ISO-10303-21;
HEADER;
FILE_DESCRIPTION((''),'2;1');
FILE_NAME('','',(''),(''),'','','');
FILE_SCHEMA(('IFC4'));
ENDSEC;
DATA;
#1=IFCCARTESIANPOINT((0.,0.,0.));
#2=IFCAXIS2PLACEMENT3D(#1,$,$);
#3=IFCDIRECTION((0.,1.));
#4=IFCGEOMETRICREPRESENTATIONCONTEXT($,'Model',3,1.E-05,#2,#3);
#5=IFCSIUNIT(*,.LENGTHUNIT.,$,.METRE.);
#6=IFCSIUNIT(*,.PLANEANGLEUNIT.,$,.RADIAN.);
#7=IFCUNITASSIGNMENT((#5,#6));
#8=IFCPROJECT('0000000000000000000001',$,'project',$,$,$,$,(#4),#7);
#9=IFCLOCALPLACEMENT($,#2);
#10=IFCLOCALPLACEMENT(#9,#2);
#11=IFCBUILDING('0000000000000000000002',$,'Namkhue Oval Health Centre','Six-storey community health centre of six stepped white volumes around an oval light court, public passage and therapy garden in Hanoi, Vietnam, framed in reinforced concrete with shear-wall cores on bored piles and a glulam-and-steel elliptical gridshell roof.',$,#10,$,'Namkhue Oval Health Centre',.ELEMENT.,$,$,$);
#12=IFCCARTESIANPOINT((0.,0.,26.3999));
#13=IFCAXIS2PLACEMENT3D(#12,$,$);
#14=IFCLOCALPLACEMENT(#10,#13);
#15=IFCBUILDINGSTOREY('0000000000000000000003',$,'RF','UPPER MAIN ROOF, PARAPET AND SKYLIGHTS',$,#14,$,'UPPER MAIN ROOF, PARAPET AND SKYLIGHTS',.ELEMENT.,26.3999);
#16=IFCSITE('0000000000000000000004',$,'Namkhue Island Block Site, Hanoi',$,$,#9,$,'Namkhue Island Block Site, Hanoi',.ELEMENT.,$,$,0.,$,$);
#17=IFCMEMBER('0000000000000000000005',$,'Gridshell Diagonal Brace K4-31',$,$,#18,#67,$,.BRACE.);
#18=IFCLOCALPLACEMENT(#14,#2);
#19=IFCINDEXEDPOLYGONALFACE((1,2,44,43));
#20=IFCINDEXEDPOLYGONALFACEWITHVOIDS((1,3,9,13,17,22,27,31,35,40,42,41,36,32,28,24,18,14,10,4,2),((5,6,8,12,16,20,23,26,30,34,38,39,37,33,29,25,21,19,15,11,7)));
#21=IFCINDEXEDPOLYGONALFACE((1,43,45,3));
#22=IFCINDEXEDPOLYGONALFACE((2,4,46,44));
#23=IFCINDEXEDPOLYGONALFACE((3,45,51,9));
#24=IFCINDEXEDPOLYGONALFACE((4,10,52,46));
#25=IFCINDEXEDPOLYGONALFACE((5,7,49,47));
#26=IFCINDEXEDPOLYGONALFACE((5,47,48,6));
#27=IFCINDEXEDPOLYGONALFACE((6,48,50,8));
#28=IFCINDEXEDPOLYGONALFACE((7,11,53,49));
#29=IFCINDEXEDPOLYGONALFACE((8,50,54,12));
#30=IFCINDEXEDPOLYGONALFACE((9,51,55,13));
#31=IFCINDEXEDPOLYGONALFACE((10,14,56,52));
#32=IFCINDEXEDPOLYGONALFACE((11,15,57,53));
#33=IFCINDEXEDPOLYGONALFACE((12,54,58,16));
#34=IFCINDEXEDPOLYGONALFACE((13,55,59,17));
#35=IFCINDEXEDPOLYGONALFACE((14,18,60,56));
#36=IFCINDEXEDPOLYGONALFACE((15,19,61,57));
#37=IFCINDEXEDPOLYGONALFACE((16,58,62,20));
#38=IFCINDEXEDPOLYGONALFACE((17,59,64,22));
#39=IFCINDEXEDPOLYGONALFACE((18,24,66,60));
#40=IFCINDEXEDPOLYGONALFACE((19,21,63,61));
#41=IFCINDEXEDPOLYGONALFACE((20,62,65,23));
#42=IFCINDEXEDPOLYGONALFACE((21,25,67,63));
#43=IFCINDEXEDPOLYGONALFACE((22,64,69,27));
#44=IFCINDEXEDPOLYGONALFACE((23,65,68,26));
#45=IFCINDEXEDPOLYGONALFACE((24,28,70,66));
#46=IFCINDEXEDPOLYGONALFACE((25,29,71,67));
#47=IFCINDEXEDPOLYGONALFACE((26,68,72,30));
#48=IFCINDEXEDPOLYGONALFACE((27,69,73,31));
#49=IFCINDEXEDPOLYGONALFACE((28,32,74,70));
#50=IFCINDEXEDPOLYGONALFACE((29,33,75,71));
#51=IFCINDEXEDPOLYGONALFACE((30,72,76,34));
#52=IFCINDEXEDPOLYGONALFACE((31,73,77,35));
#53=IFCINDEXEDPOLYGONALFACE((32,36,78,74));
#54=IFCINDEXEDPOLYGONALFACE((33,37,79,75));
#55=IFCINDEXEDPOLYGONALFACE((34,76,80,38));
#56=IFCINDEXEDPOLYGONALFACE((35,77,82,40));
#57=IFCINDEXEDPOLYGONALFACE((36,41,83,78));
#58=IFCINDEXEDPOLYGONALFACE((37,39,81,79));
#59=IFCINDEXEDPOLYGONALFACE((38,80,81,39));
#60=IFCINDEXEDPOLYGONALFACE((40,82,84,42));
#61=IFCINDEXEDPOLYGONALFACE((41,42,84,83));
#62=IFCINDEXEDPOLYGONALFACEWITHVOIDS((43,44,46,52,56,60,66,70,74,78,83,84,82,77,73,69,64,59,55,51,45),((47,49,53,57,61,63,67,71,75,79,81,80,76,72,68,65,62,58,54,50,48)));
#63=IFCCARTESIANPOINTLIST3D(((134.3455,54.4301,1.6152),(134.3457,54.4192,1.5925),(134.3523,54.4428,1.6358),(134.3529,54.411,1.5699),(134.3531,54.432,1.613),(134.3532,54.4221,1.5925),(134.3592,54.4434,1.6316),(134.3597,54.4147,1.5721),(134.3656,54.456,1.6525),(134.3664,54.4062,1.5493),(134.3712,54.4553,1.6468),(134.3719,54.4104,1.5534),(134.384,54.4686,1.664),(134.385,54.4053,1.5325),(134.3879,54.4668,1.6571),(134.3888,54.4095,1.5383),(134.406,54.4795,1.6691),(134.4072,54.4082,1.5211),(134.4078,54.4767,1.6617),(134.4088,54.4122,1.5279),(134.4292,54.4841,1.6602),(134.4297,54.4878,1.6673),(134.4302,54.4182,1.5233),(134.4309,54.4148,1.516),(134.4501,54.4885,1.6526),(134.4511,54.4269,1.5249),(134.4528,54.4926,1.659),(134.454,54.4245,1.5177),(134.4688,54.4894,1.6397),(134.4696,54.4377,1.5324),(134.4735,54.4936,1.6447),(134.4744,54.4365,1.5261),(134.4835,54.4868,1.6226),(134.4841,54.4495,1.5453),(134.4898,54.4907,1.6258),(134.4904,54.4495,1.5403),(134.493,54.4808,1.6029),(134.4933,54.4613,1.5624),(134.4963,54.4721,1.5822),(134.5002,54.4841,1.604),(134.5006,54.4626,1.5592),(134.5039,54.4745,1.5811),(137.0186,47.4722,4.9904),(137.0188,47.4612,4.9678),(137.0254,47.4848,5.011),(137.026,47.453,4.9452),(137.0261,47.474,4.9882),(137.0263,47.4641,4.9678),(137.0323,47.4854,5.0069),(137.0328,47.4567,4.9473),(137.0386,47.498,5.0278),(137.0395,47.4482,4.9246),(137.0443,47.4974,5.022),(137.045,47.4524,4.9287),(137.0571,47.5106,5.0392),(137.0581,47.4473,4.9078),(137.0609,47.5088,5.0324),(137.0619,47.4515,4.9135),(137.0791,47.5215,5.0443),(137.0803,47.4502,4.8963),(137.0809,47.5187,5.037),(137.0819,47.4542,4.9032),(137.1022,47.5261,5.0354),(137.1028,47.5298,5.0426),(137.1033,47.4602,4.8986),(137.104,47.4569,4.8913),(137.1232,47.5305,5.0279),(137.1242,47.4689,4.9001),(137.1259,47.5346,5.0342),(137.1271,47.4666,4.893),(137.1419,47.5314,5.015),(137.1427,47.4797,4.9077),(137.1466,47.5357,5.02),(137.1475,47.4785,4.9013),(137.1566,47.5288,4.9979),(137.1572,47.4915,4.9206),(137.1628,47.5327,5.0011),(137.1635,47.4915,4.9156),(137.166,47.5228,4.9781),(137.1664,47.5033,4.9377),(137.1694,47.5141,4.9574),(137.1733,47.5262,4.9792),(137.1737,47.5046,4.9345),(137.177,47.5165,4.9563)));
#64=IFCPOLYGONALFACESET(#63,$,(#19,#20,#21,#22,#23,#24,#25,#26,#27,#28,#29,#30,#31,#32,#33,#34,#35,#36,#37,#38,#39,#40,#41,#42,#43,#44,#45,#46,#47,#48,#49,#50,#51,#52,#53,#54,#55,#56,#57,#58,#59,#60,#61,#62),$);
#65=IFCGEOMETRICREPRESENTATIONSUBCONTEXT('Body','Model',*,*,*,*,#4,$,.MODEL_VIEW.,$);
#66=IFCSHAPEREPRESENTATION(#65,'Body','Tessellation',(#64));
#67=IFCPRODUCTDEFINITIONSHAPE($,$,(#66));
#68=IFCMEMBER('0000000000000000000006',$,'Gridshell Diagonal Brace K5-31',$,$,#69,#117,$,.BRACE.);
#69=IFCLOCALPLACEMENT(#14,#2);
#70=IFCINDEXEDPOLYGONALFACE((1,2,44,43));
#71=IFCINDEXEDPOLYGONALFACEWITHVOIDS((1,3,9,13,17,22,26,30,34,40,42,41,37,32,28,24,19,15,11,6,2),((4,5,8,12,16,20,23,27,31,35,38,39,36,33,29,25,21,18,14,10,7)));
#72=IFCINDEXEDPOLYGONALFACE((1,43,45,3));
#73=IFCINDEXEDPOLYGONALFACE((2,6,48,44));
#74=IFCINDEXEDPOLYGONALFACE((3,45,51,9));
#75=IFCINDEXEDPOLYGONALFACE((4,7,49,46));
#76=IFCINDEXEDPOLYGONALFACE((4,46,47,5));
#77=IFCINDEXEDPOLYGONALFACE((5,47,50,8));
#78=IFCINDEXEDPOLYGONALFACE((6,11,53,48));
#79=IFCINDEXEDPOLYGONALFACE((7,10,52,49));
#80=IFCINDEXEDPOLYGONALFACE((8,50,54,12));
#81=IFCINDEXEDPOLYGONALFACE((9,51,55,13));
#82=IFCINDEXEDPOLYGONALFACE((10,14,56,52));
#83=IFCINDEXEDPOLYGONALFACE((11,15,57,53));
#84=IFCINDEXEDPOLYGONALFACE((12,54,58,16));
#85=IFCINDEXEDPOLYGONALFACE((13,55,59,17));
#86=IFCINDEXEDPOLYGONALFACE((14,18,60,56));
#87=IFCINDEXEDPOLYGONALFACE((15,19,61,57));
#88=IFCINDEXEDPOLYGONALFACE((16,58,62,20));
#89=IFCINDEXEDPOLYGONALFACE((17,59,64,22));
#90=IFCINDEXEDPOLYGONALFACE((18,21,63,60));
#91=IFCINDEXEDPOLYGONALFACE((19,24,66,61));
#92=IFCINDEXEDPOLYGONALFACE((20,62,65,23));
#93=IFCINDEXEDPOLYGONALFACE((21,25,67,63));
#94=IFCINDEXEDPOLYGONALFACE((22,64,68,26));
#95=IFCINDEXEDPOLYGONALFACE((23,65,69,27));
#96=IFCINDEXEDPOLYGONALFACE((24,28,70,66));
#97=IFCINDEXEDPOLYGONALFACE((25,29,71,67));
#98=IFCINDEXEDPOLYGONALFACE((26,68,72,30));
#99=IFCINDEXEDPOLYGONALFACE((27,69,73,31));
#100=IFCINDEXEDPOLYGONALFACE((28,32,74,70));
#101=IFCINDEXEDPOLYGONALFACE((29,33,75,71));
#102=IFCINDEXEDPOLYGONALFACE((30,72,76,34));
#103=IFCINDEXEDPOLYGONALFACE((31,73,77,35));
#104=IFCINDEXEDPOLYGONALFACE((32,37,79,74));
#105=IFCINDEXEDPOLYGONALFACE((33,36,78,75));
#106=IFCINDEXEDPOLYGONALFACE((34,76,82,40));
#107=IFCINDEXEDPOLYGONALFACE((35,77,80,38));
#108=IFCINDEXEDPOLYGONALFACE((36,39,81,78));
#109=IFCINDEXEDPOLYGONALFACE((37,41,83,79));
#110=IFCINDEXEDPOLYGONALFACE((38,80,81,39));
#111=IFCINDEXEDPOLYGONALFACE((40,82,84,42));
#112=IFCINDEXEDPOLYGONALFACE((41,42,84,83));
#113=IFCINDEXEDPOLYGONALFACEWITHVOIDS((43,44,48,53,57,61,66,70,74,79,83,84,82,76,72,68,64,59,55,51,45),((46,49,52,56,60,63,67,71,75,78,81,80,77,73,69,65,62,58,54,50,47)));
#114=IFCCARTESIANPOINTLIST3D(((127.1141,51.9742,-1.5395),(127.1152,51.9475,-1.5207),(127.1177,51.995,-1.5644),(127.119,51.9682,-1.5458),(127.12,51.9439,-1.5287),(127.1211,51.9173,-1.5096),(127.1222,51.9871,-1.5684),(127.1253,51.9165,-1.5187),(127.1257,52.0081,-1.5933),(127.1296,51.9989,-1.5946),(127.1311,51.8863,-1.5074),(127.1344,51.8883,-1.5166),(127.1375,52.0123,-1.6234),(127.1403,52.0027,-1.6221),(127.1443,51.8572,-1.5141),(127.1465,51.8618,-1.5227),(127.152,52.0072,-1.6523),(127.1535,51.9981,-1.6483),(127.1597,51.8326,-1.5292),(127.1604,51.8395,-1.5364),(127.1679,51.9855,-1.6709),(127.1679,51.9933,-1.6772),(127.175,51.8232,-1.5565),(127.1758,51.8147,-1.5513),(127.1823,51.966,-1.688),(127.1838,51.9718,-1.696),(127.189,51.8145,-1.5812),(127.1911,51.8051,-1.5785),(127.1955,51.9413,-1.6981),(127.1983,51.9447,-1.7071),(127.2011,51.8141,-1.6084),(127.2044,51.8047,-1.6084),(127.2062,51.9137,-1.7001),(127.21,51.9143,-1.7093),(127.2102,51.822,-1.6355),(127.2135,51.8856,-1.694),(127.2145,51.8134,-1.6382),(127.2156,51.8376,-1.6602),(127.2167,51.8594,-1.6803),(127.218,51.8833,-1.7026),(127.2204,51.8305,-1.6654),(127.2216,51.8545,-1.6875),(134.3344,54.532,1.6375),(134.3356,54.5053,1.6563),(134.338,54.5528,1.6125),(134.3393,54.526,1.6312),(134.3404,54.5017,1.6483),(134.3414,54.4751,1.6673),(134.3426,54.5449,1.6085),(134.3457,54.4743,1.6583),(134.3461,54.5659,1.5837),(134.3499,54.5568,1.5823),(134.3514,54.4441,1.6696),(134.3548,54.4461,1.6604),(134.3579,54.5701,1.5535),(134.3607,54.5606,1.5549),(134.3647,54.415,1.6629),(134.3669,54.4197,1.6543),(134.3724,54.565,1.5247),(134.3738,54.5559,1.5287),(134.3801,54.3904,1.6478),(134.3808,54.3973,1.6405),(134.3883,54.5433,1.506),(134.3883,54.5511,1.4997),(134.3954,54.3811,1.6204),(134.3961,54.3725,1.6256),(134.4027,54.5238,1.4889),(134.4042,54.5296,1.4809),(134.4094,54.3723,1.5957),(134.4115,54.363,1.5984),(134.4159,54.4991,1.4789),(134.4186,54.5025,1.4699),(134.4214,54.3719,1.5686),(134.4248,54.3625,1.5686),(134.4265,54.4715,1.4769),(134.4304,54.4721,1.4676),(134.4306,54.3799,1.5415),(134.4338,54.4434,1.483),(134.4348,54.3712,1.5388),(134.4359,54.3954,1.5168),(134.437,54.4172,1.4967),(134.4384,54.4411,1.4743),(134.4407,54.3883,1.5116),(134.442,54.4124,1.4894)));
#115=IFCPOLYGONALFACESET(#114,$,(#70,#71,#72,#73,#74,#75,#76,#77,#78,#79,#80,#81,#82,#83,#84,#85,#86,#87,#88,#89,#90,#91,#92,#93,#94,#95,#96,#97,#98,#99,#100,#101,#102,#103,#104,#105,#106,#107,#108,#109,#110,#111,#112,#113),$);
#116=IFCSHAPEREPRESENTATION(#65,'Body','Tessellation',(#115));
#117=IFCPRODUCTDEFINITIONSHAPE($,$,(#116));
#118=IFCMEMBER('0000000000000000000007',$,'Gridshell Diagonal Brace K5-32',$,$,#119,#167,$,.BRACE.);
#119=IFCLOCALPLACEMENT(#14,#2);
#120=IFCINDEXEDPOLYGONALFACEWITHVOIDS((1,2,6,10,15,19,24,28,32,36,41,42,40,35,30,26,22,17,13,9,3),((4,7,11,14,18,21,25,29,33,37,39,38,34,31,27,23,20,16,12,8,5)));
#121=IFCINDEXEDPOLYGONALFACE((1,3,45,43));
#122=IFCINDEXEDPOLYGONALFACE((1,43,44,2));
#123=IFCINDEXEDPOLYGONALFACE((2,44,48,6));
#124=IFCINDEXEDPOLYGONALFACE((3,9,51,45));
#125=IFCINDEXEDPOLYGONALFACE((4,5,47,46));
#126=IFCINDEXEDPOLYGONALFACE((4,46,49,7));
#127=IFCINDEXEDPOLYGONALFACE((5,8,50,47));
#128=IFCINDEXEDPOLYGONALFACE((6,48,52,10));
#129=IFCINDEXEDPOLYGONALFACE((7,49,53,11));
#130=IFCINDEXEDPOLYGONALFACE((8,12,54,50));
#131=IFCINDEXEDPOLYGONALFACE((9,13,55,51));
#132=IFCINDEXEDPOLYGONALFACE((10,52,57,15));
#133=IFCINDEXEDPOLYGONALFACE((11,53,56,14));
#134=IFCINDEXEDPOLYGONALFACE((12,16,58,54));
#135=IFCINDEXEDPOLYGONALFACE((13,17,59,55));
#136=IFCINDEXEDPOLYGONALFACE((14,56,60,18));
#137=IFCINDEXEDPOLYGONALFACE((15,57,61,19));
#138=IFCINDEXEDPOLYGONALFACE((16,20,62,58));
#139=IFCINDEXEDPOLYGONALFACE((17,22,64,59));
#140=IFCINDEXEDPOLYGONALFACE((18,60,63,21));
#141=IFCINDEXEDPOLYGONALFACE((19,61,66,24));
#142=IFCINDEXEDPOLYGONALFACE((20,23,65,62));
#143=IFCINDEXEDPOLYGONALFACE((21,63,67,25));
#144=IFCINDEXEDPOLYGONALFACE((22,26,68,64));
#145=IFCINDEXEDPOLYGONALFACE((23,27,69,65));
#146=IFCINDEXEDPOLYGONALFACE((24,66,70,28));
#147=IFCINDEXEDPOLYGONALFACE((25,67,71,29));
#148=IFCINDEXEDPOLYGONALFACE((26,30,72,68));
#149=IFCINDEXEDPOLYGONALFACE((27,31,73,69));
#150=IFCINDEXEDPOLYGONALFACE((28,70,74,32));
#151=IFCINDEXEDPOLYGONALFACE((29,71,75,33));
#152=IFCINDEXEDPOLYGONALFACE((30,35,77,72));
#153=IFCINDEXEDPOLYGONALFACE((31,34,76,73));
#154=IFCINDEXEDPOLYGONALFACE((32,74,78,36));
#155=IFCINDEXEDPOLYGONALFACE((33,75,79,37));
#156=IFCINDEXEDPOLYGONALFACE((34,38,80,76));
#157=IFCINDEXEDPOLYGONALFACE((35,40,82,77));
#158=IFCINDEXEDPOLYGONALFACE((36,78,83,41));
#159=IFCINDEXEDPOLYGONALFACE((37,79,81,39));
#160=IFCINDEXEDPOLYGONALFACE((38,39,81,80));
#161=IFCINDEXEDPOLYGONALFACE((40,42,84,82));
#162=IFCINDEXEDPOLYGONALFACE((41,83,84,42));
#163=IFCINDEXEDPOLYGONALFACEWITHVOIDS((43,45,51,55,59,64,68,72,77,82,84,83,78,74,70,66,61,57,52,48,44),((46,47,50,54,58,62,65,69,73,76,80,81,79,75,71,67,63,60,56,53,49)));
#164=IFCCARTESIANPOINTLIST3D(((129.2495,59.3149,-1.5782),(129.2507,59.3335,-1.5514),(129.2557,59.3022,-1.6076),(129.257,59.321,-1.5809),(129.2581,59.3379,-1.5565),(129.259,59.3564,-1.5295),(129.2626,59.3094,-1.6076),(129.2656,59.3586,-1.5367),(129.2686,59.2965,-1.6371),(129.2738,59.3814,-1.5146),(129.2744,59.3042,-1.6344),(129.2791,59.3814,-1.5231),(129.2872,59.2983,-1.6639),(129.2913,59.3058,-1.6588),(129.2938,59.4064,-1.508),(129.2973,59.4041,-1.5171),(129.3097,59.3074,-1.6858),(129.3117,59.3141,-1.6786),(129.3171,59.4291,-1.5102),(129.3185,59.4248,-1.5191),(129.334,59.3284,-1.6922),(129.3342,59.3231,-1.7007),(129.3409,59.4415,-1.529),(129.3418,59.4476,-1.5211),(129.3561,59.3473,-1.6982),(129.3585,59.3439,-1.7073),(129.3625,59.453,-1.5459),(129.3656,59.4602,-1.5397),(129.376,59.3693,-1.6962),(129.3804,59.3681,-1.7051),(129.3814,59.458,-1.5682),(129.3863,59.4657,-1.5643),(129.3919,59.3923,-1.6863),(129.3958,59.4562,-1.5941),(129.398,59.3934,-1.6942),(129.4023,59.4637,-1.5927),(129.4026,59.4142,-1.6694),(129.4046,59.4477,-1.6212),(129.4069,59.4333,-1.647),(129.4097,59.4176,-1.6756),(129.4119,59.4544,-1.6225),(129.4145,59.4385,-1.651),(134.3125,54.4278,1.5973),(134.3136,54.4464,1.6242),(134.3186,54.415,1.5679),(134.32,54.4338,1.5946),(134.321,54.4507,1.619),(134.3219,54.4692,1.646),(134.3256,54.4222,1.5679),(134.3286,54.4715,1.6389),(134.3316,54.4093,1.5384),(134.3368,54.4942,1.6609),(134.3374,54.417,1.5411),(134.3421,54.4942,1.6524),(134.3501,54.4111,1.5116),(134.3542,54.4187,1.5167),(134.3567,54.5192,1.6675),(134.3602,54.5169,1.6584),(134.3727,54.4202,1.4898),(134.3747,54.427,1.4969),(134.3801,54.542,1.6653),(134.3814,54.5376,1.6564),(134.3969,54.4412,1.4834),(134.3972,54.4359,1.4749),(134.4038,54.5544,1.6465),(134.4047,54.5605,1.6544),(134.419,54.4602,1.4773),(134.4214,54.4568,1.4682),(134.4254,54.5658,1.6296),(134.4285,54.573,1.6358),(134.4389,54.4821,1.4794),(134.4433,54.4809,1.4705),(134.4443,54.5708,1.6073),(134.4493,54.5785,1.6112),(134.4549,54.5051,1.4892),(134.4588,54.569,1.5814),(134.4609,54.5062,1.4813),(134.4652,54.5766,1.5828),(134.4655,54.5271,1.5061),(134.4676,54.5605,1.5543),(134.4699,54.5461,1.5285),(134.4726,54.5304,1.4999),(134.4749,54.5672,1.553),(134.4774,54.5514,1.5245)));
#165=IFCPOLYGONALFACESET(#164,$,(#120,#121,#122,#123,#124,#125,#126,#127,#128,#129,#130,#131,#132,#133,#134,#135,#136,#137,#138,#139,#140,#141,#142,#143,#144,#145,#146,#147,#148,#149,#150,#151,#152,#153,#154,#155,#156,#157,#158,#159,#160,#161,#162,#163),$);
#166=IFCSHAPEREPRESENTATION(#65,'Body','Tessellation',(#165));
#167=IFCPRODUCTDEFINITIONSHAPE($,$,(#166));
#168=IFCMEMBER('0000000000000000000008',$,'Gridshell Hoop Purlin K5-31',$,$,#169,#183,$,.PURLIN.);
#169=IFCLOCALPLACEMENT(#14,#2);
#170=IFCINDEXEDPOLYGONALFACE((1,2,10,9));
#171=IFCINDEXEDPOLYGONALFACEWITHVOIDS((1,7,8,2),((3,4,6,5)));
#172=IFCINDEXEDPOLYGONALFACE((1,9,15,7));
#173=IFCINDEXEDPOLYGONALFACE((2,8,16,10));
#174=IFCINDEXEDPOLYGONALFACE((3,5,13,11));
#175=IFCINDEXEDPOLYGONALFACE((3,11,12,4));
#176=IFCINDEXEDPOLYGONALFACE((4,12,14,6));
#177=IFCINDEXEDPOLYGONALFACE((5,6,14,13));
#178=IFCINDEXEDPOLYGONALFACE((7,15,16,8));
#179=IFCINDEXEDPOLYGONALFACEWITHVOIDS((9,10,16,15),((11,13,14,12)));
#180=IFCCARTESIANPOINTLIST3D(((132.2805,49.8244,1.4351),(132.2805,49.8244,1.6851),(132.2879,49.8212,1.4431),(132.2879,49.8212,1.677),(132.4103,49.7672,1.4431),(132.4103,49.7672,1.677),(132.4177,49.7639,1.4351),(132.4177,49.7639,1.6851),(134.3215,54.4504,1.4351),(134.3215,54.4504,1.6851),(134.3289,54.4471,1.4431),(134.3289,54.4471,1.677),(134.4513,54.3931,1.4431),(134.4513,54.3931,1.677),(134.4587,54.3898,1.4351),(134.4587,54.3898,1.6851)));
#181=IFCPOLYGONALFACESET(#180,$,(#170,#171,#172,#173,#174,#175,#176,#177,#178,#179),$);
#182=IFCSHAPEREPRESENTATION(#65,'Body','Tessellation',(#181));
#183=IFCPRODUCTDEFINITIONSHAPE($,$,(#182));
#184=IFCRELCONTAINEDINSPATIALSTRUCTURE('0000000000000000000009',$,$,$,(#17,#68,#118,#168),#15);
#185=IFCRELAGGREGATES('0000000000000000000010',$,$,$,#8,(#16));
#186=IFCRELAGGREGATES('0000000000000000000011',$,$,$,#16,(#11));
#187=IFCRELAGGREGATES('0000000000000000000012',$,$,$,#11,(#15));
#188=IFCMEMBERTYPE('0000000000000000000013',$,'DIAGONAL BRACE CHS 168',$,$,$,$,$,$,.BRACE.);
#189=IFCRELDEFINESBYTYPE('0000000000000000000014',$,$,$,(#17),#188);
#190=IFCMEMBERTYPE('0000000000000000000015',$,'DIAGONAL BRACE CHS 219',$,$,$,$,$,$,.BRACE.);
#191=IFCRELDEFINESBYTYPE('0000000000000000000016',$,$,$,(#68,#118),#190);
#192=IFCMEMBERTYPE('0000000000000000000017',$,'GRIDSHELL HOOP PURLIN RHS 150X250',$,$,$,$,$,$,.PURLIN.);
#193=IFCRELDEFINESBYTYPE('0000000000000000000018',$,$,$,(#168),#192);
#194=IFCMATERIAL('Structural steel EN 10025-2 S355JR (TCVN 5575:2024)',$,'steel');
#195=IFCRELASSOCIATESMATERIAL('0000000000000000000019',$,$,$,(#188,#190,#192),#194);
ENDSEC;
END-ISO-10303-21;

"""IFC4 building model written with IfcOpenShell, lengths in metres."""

from ifc_helpers import new_model, si_unit, direction, frame, origin, origin_2d, place, context, subcontext, project, spatial, hollow_rectangle, hollow_circle, extrude, material, material_profile, profile_set, type_object, element, save


model = new_model("IFC4")

# Units and contexts
model_context = context("Model", 3, precision=1e-05, world=origin(), true_north=direction((0.0, 1.0)))
body_context = subcontext(model_context, "Body", "Model", "MODEL_VIEW")
ifc_project = project(units=[si_unit("LENGTHUNIT", "METRE"), si_unit("PLANEANGLEUNIT", "RADIAN")], contexts=[model_context])

# Site, building, storey
site_placement = place(None, origin())
site = spatial("IfcSite", under=ifc_project, at=site_placement, Name="Namkhue Island Block Site, Hanoi", LongName="Namkhue Island Block Site, Hanoi", CompositionType="ELEMENT", RefElevation=0.0)
building_placement = place(site_placement, origin())
building = spatial("IfcBuilding", under=site, at=building_placement, Name="Namkhue Oval Health Centre", Description="Six-storey community health centre of six stepped white volumes around an oval light court, public passage and therapy garden in Hanoi, Vietnam, framed in reinforced concrete with shear-wall cores on bored piles and a glulam-and-steel elliptical gridshell roof.", LongName="Namkhue Oval Health Centre", CompositionType="ELEMENT")
storey_placement = place(building_placement, frame((0.0, 0.0, 26.3999)))
storey = spatial("IfcBuildingStorey", under=building, at=storey_placement, Name="RF", Description="UPPER MAIN ROOF, PARAPET AND SKYLIGHTS", LongName="UPPER MAIN ROOF, PARAPET AND SKYLIGHTS", CompositionType="ELEMENT", Elevation=26.3999)

# Members
ifc_material_1 = material(Name="Structural steel EN 10025-2 S355JR (TCVN 5575:2024)", Category="steel")
ifc_material_profile_1 = material_profile(ifc_material_1, hollow_circle(Radius=0.0842, WallThickness=0.0081, at=origin_2d()), Name="CHS 168.3x8")
ifc_profile_set_1 = profile_set([ifc_material_profile_1], Name="Structural steel EN 10025-2 S355JR (TCVN 5575:2024)")
member_type_1 = type_object("IfcMemberType", Name="DIAGONAL BRACE CHS 168", PredefinedType="BRACE", material=ifc_profile_set_1)
member_1_placement = place(storey_placement, frame((137.0974, 47.4915, 4.9678), z_axis=(-0.326689, 0.850363, -0.412501), x_axis=(-0.933483, -0.358621, 0.0)))
element("IfcMember", 1, at=member_1_placement, inside=storey, type_object=member_type_1, Name="Gridshell Diagonal Brace K4-31", PredefinedType="BRACE", context=body_context, shape_type="SweptSolid", body=[
    extrude(hollow_circle(Radius=0.0842, WallThickness=0.0081, at=origin_2d()), origin(), (0.0, 0.0, 1.0), 8.1824),
])
ifc_material_profile_2 = material_profile(ifc_material_1, hollow_circle(Radius=0.1096, WallThickness=0.01, at=origin_2d()), Name="CHS 219.1x10")
ifc_profile_set_2 = profile_set([ifc_material_profile_2], Name="Structural steel EN 10025-2 S355JR (TCVN 5575:2024)")
member_type_2 = type_object("IfcMemberType", Name="DIAGONAL BRACE CHS 219", PredefinedType="BRACE", material=ifc_profile_set_2)
member_2_placement = place(storey_placement, frame((134.3882, 54.4658, 1.5686), z_axis=(-0.870687, -0.308443, -0.383102), x_axis=(0.333919, -0.942602, 0.0)))
element("IfcMember", 2, at=member_2_placement, inside=storey, type_object=member_type_2, Name="Gridshell Diagonal Brace K5-31", PredefinedType="BRACE", context=body_context, shape_type="SweptSolid", body=[
    extrude(hollow_circle(Radius=0.1096, WallThickness=0.01, at=origin_2d()), origin(), (0.0, 0.0, 1.0), 8.2927),
])
member_3_placement = place(storey_placement, frame((134.3948, 54.4939, 1.5679), z_axis=(-0.655804, 0.633035, -0.411324), x_axis=(-0.694507, -0.719486, 0.0)))
element("IfcMember", 3, at=member_3_placement, inside=storey, type_object=member_type_2, Name="Gridshell Diagonal Brace K5-32", PredefinedType="BRACE", context=body_context, shape_type="SweptSolid", body=[
    extrude(hollow_circle(Radius=0.1096, WallThickness=0.01, at=origin_2d()), origin(), (0.0, 0.0, 1.0), 7.7202),
])
ifc_material_profile_3 = material_profile(ifc_material_1, hollow_rectangle(XDim=0.1499, YDim=0.25, WallThickness=0.0081, at=origin_2d()), Name="RHS 150x250x8")
ifc_profile_set_3 = profile_set([ifc_material_profile_3], Name="Structural steel EN 10025-2 S355JR (TCVN 5575:2024)")
member_type_3 = type_object("IfcMemberType", Name="GRIDSHELL HOOP PURLIN RHS 150X250", PredefinedType="PURLIN", material=ifc_profile_set_3)
member_4_placement = place(storey_placement, frame((132.3491, 49.7942, 1.5601), z_axis=(0.403664, 0.914907, 0.0), x_axis=(-0.914907, 0.403664, 0.0)))
element("IfcMember", 4, at=member_4_placement, inside=storey, type_object=member_type_3, Name="Gridshell Hoop Purlin K5-31", PredefinedType="PURLIN", context=body_context, shape_type="SweptSolid", body=[
    extrude(hollow_rectangle(XDim=0.1499, YDim=0.25, WallThickness=0.0081, at=origin_2d()), origin(), (0.0, 0.0, 1.0), 5.0562),
])

save(model, "model.ifc")
